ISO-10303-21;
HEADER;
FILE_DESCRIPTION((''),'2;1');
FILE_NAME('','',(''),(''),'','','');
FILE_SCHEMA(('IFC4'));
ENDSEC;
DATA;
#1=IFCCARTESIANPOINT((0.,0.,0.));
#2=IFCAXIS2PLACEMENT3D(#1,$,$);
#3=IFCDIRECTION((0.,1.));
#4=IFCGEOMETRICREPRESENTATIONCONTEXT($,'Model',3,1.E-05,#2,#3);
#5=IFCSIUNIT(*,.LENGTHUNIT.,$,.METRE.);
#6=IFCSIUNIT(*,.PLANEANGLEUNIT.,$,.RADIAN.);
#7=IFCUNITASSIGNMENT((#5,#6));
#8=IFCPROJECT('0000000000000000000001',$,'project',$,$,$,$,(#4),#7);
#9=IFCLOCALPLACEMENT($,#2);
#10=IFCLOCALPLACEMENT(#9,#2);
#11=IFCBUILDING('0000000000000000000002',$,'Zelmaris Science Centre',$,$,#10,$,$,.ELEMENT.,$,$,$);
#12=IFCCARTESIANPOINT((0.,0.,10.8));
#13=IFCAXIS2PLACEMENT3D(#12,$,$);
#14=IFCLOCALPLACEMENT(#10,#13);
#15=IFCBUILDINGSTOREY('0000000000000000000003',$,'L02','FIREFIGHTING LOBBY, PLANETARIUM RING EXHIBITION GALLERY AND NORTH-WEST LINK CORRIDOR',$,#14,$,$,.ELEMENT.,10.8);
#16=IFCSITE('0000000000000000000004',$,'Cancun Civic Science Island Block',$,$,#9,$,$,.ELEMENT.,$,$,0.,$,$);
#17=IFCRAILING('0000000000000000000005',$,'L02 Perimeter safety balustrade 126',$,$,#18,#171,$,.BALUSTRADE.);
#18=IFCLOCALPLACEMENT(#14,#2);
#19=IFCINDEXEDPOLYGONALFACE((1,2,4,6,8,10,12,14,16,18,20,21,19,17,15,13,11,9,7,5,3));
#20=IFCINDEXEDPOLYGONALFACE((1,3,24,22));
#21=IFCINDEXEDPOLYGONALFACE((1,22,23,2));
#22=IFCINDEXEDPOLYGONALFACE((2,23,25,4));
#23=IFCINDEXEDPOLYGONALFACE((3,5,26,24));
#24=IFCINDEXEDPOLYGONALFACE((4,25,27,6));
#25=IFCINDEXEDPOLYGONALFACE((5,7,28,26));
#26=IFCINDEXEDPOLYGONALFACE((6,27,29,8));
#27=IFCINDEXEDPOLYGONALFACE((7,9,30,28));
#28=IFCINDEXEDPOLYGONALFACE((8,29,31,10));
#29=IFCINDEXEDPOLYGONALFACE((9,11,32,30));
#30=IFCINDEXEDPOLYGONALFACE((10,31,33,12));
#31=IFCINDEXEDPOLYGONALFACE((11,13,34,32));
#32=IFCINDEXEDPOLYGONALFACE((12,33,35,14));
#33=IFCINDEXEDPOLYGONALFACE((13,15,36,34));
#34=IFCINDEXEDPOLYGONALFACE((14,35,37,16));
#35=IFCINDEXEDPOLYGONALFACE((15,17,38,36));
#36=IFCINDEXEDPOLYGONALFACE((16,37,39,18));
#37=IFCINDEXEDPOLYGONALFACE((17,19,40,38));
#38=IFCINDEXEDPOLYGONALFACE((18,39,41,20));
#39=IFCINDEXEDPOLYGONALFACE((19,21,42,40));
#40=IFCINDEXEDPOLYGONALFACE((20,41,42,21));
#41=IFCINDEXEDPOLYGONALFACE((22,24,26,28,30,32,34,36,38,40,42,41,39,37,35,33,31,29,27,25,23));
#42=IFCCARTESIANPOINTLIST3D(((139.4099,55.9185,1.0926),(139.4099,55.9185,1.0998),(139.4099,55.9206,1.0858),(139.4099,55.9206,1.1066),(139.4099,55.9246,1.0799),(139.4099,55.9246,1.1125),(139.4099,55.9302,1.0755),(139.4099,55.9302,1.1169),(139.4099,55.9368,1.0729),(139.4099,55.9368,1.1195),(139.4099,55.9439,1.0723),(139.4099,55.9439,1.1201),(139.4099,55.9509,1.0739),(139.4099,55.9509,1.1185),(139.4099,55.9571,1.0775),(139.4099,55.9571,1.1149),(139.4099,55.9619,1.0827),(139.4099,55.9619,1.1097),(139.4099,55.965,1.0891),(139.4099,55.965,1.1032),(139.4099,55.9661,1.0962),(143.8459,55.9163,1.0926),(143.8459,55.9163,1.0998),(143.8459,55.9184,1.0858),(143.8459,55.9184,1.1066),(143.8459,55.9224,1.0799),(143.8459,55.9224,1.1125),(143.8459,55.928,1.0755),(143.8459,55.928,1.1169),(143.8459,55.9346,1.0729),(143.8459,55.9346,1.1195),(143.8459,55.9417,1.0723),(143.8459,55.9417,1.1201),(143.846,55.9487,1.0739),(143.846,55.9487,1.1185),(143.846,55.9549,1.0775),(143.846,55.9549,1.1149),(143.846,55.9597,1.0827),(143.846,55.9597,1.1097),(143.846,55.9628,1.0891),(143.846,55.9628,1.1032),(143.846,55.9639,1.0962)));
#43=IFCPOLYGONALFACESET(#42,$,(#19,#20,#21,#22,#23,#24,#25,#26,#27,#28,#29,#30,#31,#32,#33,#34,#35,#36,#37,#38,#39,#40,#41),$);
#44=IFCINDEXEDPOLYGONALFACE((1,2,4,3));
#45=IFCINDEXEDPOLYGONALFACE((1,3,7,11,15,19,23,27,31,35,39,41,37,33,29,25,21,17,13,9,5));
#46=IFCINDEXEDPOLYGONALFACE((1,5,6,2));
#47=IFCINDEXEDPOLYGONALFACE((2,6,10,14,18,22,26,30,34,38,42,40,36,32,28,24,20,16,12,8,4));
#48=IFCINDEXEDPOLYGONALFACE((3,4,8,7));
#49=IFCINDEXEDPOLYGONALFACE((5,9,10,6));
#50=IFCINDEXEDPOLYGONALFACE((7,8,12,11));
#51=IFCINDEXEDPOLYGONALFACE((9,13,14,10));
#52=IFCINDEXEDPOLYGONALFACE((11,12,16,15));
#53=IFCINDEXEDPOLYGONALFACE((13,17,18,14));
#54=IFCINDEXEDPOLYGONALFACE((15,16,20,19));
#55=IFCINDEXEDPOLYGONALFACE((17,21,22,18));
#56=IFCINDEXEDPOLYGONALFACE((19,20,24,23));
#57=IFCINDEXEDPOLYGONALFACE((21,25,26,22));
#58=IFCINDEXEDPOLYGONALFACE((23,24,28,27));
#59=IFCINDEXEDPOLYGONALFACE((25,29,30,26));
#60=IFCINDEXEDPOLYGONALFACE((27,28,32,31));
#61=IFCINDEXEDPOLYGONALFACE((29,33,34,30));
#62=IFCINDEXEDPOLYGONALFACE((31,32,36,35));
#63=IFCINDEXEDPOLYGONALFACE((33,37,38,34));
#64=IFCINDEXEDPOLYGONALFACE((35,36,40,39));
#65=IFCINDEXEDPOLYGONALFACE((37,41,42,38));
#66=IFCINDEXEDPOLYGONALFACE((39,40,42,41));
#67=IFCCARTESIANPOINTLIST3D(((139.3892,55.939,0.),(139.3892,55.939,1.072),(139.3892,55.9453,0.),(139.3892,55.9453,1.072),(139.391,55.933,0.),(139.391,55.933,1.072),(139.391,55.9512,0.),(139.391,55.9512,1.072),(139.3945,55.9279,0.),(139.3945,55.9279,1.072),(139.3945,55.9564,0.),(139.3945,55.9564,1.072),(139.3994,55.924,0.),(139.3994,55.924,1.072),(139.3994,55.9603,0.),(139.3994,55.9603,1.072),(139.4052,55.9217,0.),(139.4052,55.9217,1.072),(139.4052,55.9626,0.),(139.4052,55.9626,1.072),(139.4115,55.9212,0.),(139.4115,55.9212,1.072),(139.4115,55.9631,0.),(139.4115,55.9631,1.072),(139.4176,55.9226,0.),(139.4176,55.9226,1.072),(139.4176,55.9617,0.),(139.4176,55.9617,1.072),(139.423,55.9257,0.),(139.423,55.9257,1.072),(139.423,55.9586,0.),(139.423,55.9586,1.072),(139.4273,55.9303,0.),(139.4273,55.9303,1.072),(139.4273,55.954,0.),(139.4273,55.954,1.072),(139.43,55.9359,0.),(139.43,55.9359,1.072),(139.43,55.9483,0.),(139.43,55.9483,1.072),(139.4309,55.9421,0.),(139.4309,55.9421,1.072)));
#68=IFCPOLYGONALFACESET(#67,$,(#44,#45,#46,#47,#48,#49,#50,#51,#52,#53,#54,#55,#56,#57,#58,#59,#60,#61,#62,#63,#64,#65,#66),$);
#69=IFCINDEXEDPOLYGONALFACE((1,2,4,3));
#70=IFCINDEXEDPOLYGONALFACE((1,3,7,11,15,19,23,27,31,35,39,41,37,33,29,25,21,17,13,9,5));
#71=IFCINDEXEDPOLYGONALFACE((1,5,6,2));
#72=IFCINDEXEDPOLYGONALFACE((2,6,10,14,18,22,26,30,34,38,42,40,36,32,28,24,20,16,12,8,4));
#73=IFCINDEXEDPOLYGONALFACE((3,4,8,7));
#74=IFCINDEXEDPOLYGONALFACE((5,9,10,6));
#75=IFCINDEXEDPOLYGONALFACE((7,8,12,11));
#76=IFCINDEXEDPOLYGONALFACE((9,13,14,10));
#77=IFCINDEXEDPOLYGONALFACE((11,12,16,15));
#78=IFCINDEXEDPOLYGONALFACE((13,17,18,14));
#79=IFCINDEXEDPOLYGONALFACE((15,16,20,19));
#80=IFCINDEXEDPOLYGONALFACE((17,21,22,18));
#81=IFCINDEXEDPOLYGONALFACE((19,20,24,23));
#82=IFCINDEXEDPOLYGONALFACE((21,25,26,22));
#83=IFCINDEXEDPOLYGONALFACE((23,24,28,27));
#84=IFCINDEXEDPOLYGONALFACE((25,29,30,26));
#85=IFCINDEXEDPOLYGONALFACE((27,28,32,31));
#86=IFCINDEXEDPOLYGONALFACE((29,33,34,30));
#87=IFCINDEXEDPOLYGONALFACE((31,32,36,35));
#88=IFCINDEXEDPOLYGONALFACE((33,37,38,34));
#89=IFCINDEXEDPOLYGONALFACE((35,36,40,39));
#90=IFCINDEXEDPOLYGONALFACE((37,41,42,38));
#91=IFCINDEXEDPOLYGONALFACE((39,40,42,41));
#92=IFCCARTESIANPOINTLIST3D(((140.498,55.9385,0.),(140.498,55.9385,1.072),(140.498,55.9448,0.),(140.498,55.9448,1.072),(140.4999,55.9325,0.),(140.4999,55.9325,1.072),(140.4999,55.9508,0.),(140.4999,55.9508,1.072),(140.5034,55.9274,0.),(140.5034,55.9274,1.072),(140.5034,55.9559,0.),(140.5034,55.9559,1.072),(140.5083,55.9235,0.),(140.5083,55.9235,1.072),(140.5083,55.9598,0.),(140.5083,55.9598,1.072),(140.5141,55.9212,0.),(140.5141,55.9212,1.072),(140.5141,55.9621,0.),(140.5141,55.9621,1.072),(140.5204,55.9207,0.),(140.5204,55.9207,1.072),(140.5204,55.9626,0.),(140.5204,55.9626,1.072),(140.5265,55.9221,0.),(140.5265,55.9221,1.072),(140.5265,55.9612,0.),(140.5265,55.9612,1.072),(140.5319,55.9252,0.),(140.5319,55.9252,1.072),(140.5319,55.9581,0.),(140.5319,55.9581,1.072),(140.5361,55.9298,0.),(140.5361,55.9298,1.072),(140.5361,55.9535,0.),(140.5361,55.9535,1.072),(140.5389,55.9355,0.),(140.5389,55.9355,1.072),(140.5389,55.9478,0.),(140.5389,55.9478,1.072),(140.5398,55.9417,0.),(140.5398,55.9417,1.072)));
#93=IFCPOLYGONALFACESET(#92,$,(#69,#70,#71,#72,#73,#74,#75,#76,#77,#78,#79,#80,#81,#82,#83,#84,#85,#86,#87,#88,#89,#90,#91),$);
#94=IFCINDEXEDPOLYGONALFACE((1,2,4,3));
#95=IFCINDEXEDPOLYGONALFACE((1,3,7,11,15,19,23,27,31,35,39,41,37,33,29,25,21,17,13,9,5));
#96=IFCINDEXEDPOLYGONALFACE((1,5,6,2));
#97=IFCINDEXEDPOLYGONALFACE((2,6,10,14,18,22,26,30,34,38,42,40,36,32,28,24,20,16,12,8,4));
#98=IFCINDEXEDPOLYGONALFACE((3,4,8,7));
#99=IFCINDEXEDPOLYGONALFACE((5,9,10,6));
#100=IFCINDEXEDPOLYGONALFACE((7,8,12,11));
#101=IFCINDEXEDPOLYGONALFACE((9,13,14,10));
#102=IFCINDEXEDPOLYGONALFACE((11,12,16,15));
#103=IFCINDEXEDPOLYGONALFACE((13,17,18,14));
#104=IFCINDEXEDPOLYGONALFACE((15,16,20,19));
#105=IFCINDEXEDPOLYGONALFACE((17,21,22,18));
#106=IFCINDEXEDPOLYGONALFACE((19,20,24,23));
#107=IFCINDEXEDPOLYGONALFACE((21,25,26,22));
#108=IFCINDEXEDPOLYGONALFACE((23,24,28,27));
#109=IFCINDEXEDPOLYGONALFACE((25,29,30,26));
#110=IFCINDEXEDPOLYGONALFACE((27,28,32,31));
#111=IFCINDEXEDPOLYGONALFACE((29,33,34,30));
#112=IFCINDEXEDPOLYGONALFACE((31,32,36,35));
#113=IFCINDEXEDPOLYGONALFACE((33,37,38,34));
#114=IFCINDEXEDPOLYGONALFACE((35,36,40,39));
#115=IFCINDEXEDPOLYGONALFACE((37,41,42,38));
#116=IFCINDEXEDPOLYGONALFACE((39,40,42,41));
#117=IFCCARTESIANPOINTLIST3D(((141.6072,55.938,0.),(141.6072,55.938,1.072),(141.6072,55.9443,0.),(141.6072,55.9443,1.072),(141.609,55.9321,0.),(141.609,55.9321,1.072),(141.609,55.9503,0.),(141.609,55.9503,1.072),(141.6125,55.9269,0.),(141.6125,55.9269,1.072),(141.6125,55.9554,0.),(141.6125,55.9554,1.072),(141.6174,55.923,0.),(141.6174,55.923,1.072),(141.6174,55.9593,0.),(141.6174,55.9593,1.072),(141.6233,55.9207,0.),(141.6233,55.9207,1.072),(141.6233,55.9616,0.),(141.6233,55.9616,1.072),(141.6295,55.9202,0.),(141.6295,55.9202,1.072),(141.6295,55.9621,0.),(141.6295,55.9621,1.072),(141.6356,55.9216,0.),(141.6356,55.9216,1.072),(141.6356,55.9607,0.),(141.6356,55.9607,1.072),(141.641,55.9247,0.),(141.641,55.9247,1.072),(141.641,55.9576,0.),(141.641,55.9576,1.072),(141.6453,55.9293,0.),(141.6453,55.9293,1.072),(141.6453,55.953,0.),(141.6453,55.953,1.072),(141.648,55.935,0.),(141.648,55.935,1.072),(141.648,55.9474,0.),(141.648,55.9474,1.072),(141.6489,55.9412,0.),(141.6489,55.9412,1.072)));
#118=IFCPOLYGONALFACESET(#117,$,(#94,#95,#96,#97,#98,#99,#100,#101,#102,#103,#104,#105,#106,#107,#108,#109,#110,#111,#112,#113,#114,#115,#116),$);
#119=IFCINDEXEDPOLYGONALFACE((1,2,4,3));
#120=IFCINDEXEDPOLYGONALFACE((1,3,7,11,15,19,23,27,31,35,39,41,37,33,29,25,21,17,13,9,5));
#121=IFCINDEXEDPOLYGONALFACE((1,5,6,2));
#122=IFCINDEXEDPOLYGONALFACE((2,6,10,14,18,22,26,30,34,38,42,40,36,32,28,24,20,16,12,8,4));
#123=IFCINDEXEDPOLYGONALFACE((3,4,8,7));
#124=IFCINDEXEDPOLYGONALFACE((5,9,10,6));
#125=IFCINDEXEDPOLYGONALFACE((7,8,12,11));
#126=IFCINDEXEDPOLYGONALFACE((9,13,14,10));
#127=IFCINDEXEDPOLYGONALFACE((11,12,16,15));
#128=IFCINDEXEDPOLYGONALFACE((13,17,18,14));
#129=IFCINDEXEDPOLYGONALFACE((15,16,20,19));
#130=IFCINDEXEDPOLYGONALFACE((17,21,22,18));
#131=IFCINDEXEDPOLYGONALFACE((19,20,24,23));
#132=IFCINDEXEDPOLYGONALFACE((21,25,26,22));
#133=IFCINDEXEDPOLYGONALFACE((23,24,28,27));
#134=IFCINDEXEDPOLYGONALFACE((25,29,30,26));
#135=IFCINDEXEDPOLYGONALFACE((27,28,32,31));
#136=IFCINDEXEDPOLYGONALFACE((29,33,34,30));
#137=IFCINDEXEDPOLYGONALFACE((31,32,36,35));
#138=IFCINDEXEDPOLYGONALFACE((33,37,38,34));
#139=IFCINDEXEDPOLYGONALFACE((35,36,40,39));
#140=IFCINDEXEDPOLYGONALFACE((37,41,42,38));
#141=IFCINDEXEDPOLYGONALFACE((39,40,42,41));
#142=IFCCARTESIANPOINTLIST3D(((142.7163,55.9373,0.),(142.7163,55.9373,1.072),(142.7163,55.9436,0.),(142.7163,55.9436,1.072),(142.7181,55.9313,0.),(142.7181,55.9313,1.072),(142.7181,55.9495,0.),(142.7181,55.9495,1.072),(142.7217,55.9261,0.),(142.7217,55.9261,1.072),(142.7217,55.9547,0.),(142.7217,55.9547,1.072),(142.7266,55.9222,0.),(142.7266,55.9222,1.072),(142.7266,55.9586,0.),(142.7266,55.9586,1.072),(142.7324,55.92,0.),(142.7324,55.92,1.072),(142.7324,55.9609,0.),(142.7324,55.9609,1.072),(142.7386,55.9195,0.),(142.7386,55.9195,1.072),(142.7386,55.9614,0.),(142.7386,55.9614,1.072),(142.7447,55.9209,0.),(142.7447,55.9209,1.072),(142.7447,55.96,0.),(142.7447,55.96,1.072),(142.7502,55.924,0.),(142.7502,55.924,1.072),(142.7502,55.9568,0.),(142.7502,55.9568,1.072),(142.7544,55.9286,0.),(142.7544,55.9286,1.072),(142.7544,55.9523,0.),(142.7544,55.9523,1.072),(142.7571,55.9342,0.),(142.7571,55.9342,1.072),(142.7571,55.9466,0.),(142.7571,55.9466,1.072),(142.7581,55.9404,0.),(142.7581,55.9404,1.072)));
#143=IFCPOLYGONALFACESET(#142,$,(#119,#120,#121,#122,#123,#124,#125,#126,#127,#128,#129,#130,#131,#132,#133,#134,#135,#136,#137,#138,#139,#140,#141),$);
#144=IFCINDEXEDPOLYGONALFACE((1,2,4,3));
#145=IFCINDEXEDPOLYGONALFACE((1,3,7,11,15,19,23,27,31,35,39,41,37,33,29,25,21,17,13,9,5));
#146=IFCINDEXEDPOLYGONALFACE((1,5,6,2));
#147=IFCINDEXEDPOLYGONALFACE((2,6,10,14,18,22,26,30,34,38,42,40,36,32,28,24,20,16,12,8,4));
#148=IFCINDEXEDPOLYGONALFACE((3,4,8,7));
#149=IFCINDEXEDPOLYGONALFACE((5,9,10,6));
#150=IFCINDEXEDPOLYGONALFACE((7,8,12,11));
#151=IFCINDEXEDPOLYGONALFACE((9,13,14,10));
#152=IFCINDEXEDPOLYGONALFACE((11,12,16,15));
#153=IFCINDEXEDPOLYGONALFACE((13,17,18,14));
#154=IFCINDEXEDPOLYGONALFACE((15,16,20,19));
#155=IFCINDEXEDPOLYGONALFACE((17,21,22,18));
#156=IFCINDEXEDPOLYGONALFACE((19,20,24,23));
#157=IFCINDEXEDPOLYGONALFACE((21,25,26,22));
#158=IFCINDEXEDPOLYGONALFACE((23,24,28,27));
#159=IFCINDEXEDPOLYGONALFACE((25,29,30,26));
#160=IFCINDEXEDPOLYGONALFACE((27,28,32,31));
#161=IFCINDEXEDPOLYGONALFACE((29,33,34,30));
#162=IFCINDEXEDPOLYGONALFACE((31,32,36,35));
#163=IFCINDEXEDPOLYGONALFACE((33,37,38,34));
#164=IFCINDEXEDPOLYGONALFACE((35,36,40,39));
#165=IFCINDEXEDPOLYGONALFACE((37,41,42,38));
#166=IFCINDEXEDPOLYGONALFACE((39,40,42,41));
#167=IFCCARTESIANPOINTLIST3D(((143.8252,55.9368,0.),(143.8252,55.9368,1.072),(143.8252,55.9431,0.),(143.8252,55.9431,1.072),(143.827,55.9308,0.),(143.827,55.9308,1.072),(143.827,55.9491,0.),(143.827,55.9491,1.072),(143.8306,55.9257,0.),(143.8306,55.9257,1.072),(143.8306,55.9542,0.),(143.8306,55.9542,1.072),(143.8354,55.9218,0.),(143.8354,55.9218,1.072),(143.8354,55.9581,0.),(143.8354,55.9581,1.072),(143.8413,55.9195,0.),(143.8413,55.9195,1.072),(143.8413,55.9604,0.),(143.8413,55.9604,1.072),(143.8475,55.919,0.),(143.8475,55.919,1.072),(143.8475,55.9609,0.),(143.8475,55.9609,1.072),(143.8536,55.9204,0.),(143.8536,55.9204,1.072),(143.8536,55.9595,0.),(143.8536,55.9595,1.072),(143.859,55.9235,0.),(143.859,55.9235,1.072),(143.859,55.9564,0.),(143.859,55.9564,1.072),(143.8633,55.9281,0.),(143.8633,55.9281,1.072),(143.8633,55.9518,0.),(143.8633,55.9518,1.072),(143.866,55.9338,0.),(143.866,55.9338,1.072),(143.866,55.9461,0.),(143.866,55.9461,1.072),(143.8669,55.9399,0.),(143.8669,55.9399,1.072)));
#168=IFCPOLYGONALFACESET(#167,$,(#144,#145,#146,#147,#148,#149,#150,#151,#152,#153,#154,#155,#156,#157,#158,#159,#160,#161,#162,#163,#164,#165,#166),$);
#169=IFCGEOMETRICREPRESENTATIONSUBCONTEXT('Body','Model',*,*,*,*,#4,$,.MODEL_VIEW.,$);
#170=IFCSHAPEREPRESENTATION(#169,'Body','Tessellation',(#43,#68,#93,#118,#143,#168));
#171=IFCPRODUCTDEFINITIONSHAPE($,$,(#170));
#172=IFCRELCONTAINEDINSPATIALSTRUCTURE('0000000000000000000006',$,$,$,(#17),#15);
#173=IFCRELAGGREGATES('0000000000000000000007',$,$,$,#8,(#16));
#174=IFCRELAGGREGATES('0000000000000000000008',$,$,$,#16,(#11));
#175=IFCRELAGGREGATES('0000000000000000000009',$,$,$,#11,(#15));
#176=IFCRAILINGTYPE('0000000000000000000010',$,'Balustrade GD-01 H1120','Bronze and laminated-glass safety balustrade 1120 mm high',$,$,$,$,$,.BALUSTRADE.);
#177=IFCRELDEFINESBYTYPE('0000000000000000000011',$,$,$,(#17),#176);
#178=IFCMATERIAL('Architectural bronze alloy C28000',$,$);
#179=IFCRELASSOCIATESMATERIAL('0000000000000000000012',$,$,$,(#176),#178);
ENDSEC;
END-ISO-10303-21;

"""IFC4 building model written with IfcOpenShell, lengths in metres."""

from ifc_helpers import new_model, si_unit, direction, frame, origin, origin_2d, place, context, subcontext, project, spatial, circle, extrude, material, type_object, element, save


model = new_model("IFC4")

# Units and contexts
model_context = context("Model", 3, precision=1e-05, world=origin(), true_north=direction((0.0, 1.0)))
body_context = subcontext(model_context, "Body", "Model", "MODEL_VIEW")
ifc_project = project(units=[si_unit("LENGTHUNIT", "METRE"), si_unit("PLANEANGLEUNIT", "RADIAN")], contexts=[model_context])

# Site, building, storey
site_placement = place(None, origin())
site = spatial("IfcSite", under=ifc_project, at=site_placement, Name="Cancun Civic Science Island Block", CompositionType="ELEMENT", RefElevation=0.0)
building_placement = place(site_placement, origin())
building = spatial("IfcBuilding", under=site, at=building_placement, Name="Zelmaris Science Centre", CompositionType="ELEMENT")
storey_placement = place(building_placement, frame((0.0, 0.0, 10.8)))
storey = spatial("IfcBuildingStorey", under=building, at=storey_placement, Name="L02", Description="FIREFIGHTING LOBBY, PLANETARIUM RING EXHIBITION GALLERY AND NORTH-WEST LINK CORRIDOR", CompositionType="ELEMENT", Elevation=10.8)

# Railing
ifc_material_1 = material(Name="Architectural bronze alloy C28000")
railing_type = type_object("IfcRailingType", Name="Balustrade GD-01 H1120", Description="Bronze and laminated-glass safety balustrade 1120 mm high", PredefinedType="BALUSTRADE", material=ifc_material_1)
railing_placement = place(storey_placement, frame((139.4099, 55.9421, 0.0)))
element("IfcRailing", 1, at=railing_placement, inside=storey, type_object=railing_type, Name="L02 Perimeter safety balustrade 126", PredefinedType="BALUSTRADE", context=body_context, shape_type="SweptSolid", body=[
    extrude(circle(Radius=0.0239, at=origin_2d()), frame((0.0, 0.0, 1.0962), z_axis=(1.0, -0.000495, 0.0), x_axis=(0.000495, 1.0, 0.0)), (0.0, 0.0, 1.0), 4.436),
    extrude(circle(Radius=0.021, at=origin_2d()), origin(), (0.0, 0.0, 1.0), 1.072),
    extrude(circle(Radius=0.021, at=origin_2d()), frame((1.1089, -0.0005, 0.0)), (0.0, 0.0, 1.0), 1.072),
    extrude(circle(Radius=0.021, at=origin_2d()), frame((2.218, -0.001, 0.0)), (0.0, 0.0, 1.0), 1.072),
    extrude(circle(Radius=0.021, at=origin_2d()), frame((3.3271, -0.0017, 0.0)), (0.0, 0.0, 1.0), 1.072),
    extrude(circle(Radius=0.021, at=origin_2d()), frame((4.436, -0.0022, 0.0)), (0.0, 0.0, 1.0), 1.072),
])

save(model, "model.ifc")
